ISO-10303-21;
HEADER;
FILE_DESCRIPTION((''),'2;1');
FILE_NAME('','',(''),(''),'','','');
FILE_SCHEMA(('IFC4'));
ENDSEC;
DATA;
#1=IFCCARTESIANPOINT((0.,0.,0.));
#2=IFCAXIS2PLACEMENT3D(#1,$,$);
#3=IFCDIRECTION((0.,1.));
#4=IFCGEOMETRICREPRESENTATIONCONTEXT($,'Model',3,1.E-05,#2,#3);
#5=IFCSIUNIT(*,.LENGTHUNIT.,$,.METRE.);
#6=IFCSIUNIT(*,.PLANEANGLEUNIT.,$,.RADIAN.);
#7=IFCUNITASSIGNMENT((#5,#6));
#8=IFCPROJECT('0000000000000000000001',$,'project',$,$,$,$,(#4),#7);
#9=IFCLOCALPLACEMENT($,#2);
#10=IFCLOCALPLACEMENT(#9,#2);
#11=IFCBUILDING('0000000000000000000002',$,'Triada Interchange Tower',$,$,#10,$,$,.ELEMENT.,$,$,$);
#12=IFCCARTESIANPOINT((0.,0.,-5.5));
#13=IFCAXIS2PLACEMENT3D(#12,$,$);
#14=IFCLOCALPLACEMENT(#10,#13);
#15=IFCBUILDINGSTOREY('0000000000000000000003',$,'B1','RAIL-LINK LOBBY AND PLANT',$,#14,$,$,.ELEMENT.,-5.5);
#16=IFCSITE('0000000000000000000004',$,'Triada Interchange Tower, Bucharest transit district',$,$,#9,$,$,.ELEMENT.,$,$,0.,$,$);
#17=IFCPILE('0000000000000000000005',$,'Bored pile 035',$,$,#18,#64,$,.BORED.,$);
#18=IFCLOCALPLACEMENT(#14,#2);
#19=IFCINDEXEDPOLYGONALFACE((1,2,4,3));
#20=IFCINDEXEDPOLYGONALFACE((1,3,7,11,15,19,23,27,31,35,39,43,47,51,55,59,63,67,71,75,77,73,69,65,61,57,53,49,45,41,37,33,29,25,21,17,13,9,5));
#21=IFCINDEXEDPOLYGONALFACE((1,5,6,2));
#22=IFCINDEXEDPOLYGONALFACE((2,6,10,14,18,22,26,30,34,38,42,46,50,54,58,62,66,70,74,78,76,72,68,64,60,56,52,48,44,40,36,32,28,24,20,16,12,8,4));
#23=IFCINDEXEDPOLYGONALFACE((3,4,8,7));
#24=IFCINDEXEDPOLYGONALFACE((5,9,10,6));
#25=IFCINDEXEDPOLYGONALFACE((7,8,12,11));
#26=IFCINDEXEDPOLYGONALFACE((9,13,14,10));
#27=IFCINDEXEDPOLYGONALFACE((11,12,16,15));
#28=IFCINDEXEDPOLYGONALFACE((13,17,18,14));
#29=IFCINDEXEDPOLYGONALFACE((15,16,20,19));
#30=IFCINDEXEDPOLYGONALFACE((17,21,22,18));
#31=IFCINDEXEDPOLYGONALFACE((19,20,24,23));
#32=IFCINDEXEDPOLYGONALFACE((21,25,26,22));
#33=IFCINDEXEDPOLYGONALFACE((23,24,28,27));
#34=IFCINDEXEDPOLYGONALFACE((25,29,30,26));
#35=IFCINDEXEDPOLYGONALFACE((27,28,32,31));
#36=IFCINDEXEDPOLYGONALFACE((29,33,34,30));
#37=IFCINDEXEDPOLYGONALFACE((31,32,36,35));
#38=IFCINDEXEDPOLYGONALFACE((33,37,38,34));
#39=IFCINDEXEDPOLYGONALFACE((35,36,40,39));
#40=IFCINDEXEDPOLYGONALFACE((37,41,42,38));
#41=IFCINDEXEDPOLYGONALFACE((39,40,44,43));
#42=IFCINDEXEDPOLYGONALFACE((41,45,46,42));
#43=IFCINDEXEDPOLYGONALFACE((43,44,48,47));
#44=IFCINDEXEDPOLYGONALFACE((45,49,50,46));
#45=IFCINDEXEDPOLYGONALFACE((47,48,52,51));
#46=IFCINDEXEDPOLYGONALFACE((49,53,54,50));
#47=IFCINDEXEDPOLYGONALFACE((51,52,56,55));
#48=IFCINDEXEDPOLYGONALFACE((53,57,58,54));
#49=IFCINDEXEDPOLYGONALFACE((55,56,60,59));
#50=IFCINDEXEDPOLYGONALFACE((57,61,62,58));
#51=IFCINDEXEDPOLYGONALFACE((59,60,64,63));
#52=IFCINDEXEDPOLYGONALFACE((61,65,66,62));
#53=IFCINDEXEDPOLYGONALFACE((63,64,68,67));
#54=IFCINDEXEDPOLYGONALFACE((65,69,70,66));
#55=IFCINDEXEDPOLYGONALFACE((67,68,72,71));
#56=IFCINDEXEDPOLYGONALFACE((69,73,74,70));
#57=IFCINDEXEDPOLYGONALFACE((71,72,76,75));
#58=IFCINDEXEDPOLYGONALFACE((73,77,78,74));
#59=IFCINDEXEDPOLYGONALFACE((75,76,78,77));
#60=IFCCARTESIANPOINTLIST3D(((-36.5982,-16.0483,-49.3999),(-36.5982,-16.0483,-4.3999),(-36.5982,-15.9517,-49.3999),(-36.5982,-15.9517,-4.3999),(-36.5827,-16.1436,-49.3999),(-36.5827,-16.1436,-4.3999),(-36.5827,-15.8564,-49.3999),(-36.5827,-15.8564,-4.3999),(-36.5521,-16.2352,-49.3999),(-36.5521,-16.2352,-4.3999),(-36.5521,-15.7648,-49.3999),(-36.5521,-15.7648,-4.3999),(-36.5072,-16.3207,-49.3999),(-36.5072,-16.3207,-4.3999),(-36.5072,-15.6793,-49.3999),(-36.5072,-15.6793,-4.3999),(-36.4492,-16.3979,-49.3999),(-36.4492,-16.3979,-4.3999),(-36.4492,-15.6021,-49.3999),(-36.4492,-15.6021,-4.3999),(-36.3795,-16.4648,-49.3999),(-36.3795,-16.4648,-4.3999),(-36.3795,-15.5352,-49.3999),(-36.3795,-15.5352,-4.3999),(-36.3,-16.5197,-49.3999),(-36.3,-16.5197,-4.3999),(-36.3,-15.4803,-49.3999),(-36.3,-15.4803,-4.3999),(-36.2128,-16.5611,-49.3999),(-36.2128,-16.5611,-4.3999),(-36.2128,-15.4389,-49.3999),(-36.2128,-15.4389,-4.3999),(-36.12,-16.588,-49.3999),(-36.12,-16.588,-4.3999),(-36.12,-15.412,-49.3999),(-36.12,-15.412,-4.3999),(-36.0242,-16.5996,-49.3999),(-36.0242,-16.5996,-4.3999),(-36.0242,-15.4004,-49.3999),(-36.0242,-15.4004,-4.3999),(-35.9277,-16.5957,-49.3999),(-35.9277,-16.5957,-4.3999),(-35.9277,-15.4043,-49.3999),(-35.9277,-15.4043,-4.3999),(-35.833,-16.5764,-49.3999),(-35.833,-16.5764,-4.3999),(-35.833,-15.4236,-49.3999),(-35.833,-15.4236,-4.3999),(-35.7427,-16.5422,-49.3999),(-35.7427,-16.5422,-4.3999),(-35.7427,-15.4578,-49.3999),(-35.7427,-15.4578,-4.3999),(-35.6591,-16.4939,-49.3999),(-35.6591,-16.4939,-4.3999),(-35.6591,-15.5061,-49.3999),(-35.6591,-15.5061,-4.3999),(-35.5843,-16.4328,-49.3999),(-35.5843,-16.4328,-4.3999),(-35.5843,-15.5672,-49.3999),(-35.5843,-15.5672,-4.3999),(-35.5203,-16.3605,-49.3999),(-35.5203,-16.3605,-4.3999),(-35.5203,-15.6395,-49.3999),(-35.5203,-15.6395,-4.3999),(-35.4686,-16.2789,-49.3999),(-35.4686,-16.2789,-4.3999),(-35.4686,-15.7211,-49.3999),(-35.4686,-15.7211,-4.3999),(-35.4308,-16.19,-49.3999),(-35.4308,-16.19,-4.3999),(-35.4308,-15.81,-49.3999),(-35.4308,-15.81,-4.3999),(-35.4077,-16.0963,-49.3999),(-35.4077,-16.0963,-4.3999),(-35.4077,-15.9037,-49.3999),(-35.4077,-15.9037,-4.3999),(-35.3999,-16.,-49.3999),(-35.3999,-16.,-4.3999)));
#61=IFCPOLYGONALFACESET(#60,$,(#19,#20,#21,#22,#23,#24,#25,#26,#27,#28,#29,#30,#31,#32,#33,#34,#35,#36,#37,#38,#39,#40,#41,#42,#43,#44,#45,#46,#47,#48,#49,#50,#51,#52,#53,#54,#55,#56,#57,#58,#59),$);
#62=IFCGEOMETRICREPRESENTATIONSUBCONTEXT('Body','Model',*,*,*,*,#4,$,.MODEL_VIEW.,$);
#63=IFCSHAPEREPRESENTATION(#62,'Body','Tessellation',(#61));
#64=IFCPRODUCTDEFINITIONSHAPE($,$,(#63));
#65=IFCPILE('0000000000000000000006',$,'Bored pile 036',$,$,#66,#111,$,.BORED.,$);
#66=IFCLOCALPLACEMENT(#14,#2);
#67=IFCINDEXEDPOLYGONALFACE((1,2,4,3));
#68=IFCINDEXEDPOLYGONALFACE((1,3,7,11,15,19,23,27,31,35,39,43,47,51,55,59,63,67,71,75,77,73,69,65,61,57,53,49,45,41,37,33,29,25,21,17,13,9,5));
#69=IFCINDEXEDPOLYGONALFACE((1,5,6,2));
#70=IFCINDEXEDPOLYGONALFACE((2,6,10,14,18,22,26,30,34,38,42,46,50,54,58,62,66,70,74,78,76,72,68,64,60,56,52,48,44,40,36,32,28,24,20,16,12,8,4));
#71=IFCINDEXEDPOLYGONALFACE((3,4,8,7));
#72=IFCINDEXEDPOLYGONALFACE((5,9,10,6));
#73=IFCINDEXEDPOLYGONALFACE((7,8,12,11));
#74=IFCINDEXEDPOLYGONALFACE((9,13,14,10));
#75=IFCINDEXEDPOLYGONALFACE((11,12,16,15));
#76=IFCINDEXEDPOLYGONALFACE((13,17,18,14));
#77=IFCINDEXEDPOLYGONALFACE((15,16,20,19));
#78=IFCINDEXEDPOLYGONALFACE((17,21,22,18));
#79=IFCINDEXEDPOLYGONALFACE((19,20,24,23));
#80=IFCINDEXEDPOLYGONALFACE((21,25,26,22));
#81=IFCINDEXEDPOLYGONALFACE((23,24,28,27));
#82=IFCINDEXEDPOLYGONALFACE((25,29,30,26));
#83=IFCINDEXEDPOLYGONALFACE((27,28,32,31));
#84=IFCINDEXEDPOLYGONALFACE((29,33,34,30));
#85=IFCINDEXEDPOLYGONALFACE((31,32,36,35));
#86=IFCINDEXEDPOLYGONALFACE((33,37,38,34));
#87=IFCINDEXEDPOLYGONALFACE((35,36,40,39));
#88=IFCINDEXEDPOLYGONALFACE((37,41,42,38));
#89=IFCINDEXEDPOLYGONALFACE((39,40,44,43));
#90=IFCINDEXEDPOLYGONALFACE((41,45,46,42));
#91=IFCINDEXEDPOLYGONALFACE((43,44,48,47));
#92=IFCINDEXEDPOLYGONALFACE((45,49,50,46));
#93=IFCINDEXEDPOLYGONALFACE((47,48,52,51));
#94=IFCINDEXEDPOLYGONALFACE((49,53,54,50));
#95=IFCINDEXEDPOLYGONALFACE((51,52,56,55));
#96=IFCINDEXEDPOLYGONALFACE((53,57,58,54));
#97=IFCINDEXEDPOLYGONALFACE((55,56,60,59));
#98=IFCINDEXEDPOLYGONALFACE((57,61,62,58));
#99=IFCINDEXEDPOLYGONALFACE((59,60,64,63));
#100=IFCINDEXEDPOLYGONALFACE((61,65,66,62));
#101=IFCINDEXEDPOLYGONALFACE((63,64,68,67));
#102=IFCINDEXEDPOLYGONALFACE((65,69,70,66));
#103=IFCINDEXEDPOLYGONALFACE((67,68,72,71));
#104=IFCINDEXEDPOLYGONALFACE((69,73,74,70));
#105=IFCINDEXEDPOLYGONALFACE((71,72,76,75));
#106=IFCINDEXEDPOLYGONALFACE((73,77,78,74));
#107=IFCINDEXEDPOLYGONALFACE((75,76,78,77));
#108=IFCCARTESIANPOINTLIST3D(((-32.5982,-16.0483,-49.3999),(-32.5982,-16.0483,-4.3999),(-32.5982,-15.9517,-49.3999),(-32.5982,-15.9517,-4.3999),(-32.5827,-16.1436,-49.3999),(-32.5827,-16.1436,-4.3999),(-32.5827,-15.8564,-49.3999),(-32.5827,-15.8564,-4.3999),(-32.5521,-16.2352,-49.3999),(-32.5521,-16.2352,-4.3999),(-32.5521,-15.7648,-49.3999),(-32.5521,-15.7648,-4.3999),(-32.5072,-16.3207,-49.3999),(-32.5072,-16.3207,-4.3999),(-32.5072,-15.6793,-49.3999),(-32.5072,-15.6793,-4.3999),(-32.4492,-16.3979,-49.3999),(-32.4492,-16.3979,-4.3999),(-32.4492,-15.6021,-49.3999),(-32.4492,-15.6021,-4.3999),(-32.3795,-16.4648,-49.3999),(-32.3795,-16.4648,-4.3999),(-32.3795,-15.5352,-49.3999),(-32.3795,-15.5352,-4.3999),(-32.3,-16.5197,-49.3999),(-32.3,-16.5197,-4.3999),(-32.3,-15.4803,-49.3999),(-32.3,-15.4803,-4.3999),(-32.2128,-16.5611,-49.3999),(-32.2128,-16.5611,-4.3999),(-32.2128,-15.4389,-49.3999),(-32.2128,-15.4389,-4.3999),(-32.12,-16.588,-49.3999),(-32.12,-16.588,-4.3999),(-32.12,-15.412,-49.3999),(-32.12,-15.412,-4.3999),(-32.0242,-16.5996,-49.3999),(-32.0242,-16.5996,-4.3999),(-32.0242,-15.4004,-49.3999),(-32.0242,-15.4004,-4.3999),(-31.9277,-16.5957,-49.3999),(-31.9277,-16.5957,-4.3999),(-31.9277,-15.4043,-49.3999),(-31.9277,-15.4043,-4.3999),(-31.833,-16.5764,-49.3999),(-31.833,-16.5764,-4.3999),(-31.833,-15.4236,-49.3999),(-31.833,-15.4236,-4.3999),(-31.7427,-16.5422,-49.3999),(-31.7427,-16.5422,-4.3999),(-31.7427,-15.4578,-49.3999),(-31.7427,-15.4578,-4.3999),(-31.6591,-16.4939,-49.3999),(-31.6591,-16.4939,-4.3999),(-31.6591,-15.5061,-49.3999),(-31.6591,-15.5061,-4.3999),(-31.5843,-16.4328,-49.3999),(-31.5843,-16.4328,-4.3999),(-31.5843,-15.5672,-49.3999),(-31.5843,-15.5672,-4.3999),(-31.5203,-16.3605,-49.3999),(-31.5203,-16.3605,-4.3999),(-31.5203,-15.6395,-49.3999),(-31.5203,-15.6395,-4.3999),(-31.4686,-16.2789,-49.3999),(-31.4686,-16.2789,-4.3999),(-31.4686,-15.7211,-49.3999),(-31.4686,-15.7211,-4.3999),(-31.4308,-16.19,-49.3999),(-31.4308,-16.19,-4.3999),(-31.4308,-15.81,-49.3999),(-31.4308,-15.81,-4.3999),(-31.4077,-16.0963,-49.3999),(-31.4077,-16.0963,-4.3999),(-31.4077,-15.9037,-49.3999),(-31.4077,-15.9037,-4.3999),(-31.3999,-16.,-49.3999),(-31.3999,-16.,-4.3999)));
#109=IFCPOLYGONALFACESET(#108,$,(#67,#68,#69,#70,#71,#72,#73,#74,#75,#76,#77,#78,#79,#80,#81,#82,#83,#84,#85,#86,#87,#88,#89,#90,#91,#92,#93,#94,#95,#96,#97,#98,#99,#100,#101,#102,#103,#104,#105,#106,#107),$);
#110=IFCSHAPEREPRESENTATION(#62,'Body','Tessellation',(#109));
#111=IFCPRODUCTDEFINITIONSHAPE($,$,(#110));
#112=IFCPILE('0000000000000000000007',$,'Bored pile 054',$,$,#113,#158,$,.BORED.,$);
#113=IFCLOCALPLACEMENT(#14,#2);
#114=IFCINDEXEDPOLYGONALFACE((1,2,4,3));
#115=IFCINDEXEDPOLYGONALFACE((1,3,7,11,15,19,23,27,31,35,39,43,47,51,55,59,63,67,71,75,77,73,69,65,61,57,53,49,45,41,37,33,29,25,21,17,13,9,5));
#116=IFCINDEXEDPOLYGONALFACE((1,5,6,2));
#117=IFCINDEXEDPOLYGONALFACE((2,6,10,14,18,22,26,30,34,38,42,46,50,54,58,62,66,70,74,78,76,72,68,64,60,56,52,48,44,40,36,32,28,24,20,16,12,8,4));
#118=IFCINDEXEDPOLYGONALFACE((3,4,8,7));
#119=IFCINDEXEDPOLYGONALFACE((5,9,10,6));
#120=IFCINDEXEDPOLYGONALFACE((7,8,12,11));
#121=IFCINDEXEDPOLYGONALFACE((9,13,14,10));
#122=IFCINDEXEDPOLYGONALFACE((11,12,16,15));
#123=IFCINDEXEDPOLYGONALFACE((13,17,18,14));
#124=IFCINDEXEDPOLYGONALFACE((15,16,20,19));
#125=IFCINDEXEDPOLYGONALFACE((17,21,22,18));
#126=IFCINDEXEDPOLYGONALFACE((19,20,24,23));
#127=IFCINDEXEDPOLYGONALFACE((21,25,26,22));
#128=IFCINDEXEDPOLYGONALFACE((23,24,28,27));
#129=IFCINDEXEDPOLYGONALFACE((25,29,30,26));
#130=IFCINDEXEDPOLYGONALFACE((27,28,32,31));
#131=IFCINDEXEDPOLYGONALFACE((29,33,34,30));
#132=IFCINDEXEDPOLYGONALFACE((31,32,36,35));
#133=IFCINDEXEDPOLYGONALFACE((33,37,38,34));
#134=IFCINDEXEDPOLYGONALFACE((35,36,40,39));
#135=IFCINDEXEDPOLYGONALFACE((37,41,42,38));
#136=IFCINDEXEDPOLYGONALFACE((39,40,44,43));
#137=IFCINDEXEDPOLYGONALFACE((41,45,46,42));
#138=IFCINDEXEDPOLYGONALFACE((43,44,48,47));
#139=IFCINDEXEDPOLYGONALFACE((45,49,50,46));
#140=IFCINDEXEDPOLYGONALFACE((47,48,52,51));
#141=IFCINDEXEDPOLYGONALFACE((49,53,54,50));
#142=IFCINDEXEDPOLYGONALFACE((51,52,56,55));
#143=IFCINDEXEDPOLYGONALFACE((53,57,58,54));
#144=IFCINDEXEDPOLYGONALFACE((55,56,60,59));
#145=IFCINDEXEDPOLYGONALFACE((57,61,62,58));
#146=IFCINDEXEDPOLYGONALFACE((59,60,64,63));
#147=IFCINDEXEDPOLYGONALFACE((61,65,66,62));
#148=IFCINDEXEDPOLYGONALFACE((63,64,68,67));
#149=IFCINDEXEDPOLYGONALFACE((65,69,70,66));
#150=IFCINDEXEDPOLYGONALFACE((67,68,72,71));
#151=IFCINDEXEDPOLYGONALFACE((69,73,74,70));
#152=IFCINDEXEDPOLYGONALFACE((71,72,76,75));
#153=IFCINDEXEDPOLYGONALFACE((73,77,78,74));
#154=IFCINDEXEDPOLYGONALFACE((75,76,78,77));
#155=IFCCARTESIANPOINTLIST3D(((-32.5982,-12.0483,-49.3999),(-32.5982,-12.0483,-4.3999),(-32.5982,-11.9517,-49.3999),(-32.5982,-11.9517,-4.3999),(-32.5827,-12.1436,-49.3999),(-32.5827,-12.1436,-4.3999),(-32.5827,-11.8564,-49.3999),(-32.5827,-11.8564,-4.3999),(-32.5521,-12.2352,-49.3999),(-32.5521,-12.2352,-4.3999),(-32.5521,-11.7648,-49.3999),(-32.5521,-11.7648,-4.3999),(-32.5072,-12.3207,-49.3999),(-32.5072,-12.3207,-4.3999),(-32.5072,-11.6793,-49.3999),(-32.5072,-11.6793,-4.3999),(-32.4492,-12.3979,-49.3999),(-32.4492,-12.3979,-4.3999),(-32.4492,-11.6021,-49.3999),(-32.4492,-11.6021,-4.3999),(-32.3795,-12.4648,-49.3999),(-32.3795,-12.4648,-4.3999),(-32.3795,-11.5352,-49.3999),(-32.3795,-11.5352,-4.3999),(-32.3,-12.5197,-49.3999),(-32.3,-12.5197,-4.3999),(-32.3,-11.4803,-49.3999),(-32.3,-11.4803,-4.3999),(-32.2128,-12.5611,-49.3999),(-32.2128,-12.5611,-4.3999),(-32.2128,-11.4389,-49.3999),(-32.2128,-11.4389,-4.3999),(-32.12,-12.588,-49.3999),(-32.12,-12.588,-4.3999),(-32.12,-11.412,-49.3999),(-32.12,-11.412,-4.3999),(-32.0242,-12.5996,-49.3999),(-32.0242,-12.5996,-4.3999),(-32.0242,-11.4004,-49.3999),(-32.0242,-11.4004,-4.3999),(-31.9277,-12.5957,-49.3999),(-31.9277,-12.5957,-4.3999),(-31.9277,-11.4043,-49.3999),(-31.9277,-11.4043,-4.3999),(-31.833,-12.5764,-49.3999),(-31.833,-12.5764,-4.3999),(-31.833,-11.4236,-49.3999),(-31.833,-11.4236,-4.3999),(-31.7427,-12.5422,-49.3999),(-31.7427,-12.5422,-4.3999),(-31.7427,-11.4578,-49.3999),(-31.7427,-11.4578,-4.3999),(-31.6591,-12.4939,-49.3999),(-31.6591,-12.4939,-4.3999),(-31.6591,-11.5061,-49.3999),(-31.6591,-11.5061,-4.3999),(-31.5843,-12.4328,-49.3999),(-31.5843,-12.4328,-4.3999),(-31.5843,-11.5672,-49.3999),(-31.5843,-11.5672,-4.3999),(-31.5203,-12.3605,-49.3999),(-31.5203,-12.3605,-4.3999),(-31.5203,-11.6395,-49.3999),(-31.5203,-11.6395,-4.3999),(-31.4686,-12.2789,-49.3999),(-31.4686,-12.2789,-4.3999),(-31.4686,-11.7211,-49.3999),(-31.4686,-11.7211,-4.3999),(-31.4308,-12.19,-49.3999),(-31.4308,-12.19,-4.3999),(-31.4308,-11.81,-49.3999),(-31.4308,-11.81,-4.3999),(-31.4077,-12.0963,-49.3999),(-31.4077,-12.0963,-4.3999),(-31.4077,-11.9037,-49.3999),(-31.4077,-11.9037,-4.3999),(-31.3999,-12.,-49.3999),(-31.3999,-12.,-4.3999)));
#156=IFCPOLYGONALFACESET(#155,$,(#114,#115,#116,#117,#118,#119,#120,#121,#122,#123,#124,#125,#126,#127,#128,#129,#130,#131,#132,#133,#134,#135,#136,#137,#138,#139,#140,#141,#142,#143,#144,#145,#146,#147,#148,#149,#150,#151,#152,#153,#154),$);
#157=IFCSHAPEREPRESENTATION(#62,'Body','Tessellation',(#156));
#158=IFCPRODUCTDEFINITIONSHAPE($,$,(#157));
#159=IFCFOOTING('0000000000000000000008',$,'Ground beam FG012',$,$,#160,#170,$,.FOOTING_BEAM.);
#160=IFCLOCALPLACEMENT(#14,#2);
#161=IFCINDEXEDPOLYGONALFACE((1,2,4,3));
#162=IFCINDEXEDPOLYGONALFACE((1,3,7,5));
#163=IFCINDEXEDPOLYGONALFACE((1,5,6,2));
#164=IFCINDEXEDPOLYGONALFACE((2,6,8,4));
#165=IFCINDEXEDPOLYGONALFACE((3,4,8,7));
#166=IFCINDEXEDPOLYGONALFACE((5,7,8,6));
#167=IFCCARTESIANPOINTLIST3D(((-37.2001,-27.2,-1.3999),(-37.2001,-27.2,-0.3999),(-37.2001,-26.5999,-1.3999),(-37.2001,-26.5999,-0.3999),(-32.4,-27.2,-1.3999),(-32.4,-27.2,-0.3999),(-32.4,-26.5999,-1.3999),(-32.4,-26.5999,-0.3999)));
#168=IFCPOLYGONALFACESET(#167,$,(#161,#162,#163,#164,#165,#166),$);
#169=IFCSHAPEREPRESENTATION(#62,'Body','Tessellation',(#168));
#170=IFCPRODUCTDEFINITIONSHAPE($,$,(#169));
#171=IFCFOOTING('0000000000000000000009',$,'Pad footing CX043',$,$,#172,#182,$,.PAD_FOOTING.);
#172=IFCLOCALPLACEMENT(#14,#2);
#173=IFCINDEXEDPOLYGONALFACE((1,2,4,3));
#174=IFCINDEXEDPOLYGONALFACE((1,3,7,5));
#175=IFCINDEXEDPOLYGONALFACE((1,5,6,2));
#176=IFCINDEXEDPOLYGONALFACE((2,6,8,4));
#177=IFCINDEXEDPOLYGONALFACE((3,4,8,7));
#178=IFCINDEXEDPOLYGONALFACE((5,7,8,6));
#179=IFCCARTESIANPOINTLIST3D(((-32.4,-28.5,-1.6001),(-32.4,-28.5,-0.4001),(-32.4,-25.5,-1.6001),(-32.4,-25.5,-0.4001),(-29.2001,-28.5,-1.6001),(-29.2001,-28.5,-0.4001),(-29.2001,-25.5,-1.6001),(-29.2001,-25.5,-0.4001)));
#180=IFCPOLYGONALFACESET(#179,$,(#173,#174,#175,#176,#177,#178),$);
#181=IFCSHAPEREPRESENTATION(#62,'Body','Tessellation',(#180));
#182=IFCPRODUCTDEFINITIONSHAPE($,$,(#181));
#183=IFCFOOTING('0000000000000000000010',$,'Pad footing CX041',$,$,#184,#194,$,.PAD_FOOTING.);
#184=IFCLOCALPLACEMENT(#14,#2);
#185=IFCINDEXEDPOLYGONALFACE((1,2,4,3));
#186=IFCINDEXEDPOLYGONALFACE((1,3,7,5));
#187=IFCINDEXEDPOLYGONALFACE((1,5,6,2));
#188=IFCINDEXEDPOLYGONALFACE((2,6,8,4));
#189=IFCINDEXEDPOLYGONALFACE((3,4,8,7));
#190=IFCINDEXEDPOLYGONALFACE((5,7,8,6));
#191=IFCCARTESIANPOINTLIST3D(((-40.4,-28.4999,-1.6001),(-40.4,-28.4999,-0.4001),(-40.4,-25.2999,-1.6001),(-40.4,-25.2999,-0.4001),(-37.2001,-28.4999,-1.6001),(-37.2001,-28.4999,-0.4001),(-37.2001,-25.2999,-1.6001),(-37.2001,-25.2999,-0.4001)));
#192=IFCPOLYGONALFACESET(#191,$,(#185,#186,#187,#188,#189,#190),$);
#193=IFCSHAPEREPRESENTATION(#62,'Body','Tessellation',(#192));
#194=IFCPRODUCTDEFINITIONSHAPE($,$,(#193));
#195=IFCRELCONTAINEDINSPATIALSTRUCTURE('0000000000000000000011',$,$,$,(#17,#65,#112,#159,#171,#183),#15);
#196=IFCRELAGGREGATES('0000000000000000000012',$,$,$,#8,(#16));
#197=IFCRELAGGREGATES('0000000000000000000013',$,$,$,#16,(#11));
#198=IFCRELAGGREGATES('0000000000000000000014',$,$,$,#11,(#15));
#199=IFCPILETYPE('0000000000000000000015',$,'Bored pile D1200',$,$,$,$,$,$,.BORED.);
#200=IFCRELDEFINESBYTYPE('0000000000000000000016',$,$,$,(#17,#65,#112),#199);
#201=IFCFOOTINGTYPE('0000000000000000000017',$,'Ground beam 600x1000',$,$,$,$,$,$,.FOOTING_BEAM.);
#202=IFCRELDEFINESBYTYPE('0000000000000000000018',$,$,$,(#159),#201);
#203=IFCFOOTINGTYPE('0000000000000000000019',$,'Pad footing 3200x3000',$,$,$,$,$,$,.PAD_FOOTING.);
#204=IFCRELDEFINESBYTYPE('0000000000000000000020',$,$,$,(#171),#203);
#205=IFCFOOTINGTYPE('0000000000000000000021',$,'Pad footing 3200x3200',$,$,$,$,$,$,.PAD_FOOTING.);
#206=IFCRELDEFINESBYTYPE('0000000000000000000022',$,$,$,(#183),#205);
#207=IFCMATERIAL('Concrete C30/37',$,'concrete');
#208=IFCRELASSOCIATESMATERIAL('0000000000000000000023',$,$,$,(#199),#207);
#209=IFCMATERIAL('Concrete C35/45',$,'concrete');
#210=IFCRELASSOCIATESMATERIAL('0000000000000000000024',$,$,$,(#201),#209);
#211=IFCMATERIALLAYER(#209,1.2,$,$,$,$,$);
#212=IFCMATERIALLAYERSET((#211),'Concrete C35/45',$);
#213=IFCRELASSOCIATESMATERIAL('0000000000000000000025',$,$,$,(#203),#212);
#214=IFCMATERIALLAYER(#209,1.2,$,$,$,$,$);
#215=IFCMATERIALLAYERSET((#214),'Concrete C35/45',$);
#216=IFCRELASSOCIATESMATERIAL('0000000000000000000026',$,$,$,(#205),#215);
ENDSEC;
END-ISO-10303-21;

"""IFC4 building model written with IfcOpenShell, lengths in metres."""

from ifc_helpers import new_model, si_unit, direction, frame, origin, origin_2d, place, context, subcontext, project, spatial, rectangle, circle, extrude, material, layer, layer_set, material_profile, profile_set, type_object, element, save


model = new_model("IFC4")

# Units and contexts
model_context = context("Model", 3, precision=1e-05, world=origin(), true_north=direction((0.0, 1.0)))
body_context = subcontext(model_context, "Body", "Model", "MODEL_VIEW")
ifc_project = project(units=[si_unit("LENGTHUNIT", "METRE"), si_unit("PLANEANGLEUNIT", "RADIAN")], contexts=[model_context])

# Site, building, storey
site_placement = place(None, origin())
site = spatial("IfcSite", under=ifc_project, at=site_placement, Name="Triada Interchange Tower, Bucharest transit district", CompositionType="ELEMENT", RefElevation=0.0)
building_placement = place(site_placement, origin())
building = spatial("IfcBuilding", under=site, at=building_placement, Name="Triada Interchange Tower", CompositionType="ELEMENT")
storey_placement = place(building_placement, frame((0.0, 0.0, -5.5)))
storey = spatial("IfcBuildingStorey", under=building, at=storey_placement, Name="B1", Description="RAIL-LINK LOBBY AND PLANT", CompositionType="ELEMENT", Elevation=-5.5)

# Piles
ifc_material_1 = material(Name="Concrete C30/37", Category="concrete")
ifc_material_profile_1 = material_profile(ifc_material_1, circle(Radius=0.6001, at=origin_2d()), Name="RC D1200")
ifc_profile_set_1 = profile_set([ifc_material_profile_1], Name="Concrete C30/37")
pile_type = type_object("IfcPileType", Name="Bored pile D1200", PredefinedType="BORED", material=ifc_profile_set_1)
for number, where, z_axis, x_axis, name in (
    (1, (-36.0, -16.0, -4.3999), (0.0, 0.0, -1.0), (1.0, 0.0, 0.0), "Bored pile 035"),
    (2, (-32.0, -16.0, -4.3999), (0.0, 0.0, -1.0), (1.0, 0.0, 0.0), "Bored pile 036"),
    (3, (-32.0, -12.0, -4.3999), (0.0, 0.0, -1.0), (1.0, 0.0, 0.0), "Bored pile 054"),
):
    element("IfcPile", number, at=place(storey_placement, frame(where, z_axis=z_axis, x_axis=x_axis)), inside=storey, type_object=pile_type, Name=name, PredefinedType="BORED", context=body_context, shape_type="SweptSolid", body=[
        extrude(circle(Radius=0.6001, at=origin_2d()), origin(), (0.0, 0.0, 1.0), 45.0),
    ])

# Footings
ifc_material_2 = material(Name="Concrete C35/45", Category="concrete")
footing_type_1 = type_object("IfcFootingType", Name="Ground beam 600x1000", PredefinedType="FOOTING_BEAM", material=ifc_material_2)
footing_1_placement = place(storey_placement, frame((-34.8, -26.8999, -1.3999), z_axis=(0.0, 0.0, 1.0), x_axis=(1.0, 0.0, 0.0)))
element("IfcFooting", 4, at=footing_1_placement, inside=storey, type_object=footing_type_1, Name="Ground beam FG012", PredefinedType="FOOTING_BEAM", context=body_context, shape_type="SweptSolid", body=[
    extrude(rectangle(XDim=4.8, YDim=0.6001, at=origin_2d()), origin(), (0.0, 0.0, 1.0), 1.0),
])
ifc_layer_1 = layer(ifc_material_2, 1.2)
ifc_layer_set_1 = layer_set([ifc_layer_1], Name="Concrete C35/45")
footing_type_2 = type_object("IfcFootingType", Name="Pad footing 3200x3000", PredefinedType="PAD_FOOTING", material=ifc_layer_set_1)
footing_2_placement = place(storey_placement, frame((-30.8, -27.0, -1.6001), z_axis=(0.0, 0.0, 1.0), x_axis=(1.0, 0.0, 0.0)))
element("IfcFooting", 5, at=footing_2_placement, inside=storey, type_object=footing_type_2, Name="Pad footing CX043", PredefinedType="PAD_FOOTING", context=body_context, shape_type="SweptSolid", body=[
    extrude(rectangle(XDim=3.2, YDim=3.0, at=origin_2d()), origin(), (0.0, 0.0, 1.0), 1.2),
])
ifc_layer_2 = layer(ifc_material_2, 1.2)
ifc_layer_set_2 = layer_set([ifc_layer_2], Name="Concrete C35/45")
footing_type_3 = type_object("IfcFootingType", Name="Pad footing 3200x3200", PredefinedType="PAD_FOOTING", material=ifc_layer_set_2)
footing_3_placement = place(storey_placement, frame((-38.8, -26.8999, -1.6001), z_axis=(0.0, 0.0, 1.0), x_axis=(1.0, 0.0, 0.0)))
element("IfcFooting", 6, at=footing_3_placement, inside=storey, type_object=footing_type_3, Name="Pad footing CX041", PredefinedType="PAD_FOOTING", context=body_context, shape_type="SweptSolid", body=[
    extrude(rectangle(XDim=3.2, YDim=3.2, at=origin_2d()), origin(), (0.0, 0.0, 1.0), 1.2),
])

save(model, "model.ifc")
